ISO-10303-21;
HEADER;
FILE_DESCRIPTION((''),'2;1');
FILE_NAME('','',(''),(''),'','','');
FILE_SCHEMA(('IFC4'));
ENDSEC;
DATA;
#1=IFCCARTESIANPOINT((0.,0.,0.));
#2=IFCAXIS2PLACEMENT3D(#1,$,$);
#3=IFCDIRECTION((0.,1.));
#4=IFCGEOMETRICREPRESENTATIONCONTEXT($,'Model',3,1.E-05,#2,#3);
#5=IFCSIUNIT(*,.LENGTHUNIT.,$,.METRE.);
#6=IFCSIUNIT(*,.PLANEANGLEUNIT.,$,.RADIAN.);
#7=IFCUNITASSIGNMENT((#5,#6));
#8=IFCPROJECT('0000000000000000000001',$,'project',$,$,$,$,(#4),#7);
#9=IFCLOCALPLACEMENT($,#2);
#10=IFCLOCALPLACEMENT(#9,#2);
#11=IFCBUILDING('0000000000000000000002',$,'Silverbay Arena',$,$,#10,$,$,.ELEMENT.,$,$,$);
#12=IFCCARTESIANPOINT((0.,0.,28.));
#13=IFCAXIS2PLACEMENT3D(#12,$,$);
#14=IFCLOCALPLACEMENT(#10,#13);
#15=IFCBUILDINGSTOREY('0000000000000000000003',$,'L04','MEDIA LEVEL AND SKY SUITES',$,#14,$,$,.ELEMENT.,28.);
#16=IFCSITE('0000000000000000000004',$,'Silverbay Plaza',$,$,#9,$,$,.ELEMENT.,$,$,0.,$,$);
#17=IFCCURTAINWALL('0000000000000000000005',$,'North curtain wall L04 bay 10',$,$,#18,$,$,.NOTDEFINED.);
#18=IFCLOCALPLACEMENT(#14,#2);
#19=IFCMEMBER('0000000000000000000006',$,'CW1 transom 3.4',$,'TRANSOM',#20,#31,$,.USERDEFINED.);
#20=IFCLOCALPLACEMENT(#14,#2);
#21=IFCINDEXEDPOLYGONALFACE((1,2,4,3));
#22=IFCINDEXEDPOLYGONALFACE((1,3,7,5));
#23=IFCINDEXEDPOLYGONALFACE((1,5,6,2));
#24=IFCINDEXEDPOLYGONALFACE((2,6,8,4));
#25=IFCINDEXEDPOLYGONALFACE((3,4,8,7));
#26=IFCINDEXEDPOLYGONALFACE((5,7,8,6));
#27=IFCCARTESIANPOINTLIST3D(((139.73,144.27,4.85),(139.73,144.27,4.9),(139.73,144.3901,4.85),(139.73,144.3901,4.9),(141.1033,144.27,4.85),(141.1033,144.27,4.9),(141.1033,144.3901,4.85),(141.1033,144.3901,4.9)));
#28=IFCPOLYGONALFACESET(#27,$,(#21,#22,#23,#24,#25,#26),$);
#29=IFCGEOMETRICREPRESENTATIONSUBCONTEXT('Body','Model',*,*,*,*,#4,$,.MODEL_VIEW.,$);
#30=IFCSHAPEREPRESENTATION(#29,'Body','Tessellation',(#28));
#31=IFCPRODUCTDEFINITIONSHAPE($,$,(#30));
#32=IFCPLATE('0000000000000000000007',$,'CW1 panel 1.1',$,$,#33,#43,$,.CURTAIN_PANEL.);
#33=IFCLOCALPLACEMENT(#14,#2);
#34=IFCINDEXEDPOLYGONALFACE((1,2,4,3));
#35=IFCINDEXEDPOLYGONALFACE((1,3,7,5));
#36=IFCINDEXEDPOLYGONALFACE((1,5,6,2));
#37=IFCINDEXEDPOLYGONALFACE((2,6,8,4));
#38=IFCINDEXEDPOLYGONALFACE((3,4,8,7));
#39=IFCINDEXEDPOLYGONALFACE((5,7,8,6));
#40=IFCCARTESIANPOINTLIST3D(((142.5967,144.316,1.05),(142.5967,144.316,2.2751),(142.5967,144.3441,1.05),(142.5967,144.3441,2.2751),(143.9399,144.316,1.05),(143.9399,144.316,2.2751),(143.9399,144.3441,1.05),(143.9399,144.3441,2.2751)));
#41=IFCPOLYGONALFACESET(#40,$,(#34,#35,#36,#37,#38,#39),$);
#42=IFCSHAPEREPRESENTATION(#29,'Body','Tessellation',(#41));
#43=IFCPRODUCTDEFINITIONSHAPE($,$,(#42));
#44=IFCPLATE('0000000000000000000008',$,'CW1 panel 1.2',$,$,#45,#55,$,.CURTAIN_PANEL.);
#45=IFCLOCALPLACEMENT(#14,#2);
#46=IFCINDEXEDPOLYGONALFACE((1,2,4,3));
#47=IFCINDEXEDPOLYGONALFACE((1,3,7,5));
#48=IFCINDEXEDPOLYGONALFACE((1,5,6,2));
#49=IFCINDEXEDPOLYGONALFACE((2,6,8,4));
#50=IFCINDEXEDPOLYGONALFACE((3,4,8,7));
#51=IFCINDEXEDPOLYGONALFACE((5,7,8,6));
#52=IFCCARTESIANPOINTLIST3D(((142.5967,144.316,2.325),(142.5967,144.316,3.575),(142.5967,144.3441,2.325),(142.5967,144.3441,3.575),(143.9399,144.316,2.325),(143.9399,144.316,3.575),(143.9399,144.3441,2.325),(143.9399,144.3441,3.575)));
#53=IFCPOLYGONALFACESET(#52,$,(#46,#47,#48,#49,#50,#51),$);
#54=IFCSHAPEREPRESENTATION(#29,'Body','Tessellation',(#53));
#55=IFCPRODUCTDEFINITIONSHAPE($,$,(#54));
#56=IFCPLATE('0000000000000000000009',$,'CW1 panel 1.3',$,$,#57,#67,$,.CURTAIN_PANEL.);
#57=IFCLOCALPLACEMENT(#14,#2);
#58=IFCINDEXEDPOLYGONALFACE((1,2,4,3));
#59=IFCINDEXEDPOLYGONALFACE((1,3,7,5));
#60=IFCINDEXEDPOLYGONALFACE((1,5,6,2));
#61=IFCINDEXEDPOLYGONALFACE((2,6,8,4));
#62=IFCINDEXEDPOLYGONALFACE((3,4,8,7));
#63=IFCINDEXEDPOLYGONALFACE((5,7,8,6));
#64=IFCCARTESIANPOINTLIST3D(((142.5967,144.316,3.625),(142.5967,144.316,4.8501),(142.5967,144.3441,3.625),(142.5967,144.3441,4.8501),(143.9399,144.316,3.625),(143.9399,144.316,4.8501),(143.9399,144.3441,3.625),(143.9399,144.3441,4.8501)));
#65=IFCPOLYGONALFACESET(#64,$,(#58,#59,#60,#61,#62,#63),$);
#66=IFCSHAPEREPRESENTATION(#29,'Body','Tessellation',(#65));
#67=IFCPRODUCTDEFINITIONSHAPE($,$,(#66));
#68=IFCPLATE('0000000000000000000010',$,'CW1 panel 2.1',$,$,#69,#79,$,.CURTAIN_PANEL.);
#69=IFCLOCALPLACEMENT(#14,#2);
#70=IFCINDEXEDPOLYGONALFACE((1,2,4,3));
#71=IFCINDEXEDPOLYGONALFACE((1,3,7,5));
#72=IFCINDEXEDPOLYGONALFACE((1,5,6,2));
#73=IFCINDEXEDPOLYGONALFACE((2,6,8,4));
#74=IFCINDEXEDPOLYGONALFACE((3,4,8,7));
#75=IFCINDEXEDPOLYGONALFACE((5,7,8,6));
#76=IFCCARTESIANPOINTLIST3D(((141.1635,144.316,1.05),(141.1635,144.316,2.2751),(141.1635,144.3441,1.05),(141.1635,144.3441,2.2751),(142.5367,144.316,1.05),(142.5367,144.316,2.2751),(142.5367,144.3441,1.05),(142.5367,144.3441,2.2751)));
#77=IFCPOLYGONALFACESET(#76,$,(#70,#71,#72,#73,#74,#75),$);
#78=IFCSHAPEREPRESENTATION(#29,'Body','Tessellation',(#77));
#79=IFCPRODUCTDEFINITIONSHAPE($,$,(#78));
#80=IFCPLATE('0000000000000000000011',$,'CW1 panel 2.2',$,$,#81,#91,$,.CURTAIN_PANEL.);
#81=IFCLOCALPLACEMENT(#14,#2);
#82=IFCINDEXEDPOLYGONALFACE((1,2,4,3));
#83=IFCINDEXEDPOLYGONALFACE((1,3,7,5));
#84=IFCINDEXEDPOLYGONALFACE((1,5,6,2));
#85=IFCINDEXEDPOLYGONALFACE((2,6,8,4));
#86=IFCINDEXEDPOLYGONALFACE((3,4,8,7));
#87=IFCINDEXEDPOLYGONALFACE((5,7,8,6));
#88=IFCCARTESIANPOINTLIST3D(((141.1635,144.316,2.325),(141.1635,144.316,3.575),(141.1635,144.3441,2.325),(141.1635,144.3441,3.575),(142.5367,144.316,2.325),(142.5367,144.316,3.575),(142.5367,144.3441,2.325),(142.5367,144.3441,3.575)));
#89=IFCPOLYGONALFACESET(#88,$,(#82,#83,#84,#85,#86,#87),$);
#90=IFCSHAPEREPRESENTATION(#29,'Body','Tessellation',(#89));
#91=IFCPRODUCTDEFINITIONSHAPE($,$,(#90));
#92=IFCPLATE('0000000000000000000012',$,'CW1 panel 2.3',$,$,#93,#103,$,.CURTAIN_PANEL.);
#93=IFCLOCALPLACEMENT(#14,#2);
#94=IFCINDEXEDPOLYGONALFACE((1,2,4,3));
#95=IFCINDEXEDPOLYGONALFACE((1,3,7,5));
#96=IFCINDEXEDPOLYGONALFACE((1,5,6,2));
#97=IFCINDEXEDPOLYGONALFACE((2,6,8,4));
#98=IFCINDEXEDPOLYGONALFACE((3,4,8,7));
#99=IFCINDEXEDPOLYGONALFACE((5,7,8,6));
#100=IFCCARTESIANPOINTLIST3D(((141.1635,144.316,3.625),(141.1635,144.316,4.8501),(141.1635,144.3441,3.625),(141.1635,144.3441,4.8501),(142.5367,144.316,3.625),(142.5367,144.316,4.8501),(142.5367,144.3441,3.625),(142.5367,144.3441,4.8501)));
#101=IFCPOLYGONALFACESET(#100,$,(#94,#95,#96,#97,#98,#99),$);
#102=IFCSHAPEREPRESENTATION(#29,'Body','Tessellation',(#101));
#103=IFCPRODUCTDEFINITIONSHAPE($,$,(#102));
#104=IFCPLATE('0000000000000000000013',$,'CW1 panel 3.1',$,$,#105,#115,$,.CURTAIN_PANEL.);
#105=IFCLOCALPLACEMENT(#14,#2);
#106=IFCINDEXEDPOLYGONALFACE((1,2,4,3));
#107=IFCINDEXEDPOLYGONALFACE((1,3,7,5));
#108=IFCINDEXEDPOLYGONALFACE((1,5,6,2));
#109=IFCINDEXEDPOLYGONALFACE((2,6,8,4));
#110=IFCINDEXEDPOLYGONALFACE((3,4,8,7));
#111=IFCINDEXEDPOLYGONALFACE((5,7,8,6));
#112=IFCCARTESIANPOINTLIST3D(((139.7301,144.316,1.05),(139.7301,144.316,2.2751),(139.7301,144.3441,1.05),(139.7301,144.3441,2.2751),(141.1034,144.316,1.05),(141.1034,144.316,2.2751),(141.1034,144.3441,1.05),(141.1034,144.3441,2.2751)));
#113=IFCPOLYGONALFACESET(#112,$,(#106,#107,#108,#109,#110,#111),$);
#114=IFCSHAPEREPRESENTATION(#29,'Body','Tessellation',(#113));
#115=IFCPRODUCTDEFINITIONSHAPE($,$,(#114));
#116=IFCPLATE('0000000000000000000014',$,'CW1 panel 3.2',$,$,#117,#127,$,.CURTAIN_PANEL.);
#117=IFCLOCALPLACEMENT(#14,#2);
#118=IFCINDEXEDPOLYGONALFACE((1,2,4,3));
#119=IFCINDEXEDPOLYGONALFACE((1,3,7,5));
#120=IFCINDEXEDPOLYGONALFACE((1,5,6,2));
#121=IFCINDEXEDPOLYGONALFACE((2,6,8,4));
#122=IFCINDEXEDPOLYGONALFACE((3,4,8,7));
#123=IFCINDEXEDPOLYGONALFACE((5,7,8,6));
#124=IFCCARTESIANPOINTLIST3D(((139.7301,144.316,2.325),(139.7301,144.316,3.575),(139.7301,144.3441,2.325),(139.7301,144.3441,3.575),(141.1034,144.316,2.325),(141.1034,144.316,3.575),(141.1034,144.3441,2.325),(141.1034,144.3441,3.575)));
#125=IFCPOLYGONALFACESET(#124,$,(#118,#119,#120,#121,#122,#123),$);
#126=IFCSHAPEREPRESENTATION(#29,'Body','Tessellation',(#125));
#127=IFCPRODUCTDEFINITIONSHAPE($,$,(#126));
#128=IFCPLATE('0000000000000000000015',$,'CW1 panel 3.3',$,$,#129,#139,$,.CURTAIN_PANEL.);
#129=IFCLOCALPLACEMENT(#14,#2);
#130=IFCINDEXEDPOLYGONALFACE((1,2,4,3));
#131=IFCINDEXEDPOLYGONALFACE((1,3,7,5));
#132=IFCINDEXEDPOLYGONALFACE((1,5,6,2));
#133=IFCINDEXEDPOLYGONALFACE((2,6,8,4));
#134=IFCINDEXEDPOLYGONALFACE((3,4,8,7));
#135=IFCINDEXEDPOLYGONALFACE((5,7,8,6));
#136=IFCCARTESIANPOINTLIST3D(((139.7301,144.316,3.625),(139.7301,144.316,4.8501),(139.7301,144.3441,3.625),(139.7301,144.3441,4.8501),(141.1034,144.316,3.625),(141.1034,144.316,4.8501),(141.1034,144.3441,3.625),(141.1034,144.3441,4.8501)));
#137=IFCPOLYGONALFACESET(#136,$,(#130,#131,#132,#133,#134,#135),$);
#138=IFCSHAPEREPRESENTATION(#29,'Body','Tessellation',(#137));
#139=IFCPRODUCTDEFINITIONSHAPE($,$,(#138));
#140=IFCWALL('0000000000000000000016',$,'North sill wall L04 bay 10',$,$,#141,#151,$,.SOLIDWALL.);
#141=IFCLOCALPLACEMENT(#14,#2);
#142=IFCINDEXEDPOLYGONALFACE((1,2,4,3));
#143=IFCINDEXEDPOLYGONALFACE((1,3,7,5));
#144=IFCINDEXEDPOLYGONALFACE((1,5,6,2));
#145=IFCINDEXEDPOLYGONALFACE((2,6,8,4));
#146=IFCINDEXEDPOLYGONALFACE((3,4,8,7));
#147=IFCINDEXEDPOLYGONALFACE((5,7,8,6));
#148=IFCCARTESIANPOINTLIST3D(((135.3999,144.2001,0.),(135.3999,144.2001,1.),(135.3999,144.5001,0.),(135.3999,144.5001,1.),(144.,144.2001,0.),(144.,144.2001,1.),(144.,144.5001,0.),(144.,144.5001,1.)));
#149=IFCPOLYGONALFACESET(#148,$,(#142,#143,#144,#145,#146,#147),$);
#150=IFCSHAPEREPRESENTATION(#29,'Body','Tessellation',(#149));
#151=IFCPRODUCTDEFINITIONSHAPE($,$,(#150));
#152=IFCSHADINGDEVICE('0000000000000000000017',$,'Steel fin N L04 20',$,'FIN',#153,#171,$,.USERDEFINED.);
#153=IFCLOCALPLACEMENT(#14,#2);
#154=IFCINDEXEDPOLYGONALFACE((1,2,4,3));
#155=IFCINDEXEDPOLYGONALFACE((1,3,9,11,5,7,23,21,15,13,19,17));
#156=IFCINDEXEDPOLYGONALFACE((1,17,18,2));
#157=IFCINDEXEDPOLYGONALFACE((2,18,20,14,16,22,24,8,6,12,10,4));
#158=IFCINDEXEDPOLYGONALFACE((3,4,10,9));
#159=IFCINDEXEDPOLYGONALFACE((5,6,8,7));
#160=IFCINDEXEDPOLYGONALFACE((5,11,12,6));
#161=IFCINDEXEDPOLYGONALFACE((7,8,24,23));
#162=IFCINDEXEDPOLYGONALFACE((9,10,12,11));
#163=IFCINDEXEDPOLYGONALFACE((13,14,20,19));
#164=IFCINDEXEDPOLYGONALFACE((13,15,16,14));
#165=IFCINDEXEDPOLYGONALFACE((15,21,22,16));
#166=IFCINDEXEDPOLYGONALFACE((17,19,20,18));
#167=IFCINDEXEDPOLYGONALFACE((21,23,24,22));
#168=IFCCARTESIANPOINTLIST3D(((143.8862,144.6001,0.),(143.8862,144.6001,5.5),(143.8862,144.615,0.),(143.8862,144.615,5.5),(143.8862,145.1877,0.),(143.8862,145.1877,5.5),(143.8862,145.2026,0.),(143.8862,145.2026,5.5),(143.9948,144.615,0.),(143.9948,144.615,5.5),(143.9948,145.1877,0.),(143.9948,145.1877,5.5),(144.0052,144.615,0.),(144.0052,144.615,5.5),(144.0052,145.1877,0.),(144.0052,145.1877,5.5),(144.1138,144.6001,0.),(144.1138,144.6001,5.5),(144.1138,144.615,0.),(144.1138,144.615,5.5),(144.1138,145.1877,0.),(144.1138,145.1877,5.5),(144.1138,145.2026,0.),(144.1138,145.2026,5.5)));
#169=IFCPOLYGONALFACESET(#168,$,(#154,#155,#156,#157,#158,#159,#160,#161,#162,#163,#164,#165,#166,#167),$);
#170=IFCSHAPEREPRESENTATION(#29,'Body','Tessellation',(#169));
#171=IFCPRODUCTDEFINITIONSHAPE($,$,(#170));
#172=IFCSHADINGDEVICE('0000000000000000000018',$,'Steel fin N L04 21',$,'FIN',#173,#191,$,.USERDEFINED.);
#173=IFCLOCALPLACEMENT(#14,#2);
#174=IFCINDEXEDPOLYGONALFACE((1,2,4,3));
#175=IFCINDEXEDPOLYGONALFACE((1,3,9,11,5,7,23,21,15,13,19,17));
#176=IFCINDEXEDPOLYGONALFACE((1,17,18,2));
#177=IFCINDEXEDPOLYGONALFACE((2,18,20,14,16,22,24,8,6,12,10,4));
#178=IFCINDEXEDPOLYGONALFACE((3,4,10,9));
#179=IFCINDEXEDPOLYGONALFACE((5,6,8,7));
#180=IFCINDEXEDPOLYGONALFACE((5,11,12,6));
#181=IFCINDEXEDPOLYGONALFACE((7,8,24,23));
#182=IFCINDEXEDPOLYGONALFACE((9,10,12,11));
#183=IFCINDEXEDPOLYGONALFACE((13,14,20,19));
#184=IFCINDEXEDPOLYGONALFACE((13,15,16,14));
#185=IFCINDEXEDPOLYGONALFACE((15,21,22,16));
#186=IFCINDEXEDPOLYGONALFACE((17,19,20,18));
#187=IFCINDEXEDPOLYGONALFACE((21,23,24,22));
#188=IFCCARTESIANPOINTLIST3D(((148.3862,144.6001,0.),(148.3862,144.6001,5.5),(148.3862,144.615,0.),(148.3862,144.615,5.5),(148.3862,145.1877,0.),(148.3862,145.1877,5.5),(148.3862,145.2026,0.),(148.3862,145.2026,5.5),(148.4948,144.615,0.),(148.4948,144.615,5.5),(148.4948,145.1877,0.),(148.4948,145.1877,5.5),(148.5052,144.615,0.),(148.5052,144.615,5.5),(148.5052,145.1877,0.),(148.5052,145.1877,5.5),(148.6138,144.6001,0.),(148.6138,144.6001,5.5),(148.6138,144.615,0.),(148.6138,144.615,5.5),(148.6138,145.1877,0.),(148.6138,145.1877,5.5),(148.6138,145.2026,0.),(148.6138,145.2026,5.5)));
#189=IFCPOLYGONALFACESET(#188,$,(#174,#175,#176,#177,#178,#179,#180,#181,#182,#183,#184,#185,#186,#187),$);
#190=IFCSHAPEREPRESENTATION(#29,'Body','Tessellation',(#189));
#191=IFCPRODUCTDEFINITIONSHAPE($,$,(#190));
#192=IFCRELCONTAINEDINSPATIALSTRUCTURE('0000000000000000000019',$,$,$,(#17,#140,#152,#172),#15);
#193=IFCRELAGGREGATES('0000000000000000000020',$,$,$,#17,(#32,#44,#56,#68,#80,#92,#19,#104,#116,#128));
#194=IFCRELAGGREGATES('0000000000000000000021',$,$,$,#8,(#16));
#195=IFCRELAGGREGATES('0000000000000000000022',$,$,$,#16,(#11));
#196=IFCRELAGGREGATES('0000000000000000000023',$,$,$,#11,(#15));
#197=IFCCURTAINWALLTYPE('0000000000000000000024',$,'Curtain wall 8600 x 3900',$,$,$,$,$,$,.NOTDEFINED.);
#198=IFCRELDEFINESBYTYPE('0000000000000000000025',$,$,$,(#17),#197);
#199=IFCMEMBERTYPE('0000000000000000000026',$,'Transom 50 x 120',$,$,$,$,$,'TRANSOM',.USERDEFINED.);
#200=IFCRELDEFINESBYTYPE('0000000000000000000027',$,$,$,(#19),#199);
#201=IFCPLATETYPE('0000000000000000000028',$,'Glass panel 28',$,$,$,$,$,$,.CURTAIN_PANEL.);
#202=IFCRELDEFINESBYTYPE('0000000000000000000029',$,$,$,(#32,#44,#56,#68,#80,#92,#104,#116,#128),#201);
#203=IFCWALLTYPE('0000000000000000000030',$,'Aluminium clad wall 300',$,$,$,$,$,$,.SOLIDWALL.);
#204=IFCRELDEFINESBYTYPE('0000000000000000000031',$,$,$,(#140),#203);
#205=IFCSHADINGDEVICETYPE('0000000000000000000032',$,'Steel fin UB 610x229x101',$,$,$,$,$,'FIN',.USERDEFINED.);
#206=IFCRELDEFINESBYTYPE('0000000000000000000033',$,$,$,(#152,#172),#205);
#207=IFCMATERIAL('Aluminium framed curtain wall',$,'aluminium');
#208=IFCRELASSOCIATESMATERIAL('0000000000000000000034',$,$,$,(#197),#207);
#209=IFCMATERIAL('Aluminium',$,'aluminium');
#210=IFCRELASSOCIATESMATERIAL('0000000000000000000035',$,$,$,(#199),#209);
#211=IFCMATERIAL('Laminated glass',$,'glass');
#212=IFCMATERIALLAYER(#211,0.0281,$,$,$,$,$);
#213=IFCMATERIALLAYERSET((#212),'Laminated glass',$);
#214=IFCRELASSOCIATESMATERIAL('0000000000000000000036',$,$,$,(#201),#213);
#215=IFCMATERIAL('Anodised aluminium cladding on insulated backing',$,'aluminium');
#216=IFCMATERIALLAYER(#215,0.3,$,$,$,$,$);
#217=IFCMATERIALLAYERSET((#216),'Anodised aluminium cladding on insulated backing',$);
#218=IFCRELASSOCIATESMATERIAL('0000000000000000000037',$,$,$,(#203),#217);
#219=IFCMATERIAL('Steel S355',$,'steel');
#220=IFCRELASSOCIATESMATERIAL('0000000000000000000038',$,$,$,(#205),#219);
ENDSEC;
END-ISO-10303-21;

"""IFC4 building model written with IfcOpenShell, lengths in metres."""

from ifc_helpers import new_model, si_unit, direction, frame, frame_2d, origin, origin_2d, place, context, subcontext, project, spatial, rectangle, i_section, extrude, material, layer, layer_set, material_profile, profile_set, type_object, element, aggregate, save


model = new_model("IFC4")

# Units and contexts
model_context = context("Model", 3, precision=1e-05, world=origin(), true_north=direction((0.0, 1.0)))
body_context = subcontext(model_context, "Body", "Model", "MODEL_VIEW")
ifc_project = project(units=[si_unit("LENGTHUNIT", "METRE"), si_unit("PLANEANGLEUNIT", "RADIAN")], contexts=[model_context])

# Site, building, storey
site_placement = place(None, origin())
site = spatial("IfcSite", under=ifc_project, at=site_placement, Name="Silverbay Plaza", CompositionType="ELEMENT", RefElevation=0.0)
building_placement = place(site_placement, origin())
building = spatial("IfcBuilding", under=site, at=building_placement, Name="Silverbay Arena", CompositionType="ELEMENT")
storey_placement = place(building_placement, frame((0.0, 0.0, 28.0)))
storey = spatial("IfcBuildingStorey", under=building, at=storey_placement, Name="L04", Description="MEDIA LEVEL AND SKY SUITES", CompositionType="ELEMENT", Elevation=28.0)

# Curtain wall, member, plates
ifc_material_1 = material(Name="Aluminium framed curtain wall", Category="aluminium")
curtain_wall_type = type_object("IfcCurtainWallType", Name="Curtain wall 8600 x 3900", PredefinedType="NOTDEFINED", material=ifc_material_1)
curtain_wall_placement = place(storey_placement, origin())
curtain_wall = element("IfcCurtainWall", 1, at=curtain_wall_placement, inside=storey, type_object=curtain_wall_type, Name="North curtain wall L04 bay 10", PredefinedType="NOTDEFINED")
ifc_material_2 = material(Name="Aluminium", Category="aluminium")
ifc_material_profile_1 = material_profile(ifc_material_2, rectangle(XDim=0.1201, YDim=0.05, at=origin_2d()), Name="Transom 50 x 120")
ifc_profile_set_1 = profile_set([ifc_material_profile_1], Name="Aluminium")
member_type_1 = type_object("IfcMemberType", Name="Transom 50 x 120", ElementType="TRANSOM", PredefinedType="USERDEFINED", material=ifc_profile_set_1)
member_1_placement = place(storey_placement, frame((141.1033, 144.3301, 4.875), z_axis=(-1.0, 0.0, 0.0), x_axis=(0.0, -1.0, 0.0)))
member_1 = element("IfcMember", 2, at=member_1_placement, type_object=member_type_1, Name="CW1 transom 3.4", ObjectType="TRANSOM", PredefinedType="USERDEFINED", context=body_context, shape_type="SweptSolid", body=[
    extrude(rectangle(XDim=0.1201, YDim=0.05, at=origin_2d()), origin(), (0.0, 0.0, 1.0), 1.3733),
])
ifc_material_3 = material(Name="Laminated glass", Category="glass")
ifc_layer_1 = layer(ifc_material_3, 0.0281)
ifc_layer_set_1 = layer_set([ifc_layer_1], Name="Laminated glass")
plate_type = type_object("IfcPlateType", Name="Glass panel 28", PredefinedType="CURTAIN_PANEL", material=ifc_layer_set_1)
plate_1_placement = place(storey_placement, frame((143.2683, 144.3301, 1.05), z_axis=(0.0, 0.0, 1.0), x_axis=(-1.0, 0.0, 0.0)))
plate_1 = element("IfcPlate", 3, at=plate_1_placement, type_object=plate_type, Name="CW1 panel 1.1", PredefinedType="CURTAIN_PANEL", context=body_context, shape_type="SweptSolid", body=[
    extrude(rectangle(XDim=1.3433, YDim=0.0281, at=origin_2d()), origin(), (0.0, 0.0, 1.0), 1.2251),
])
plate_2_placement = place(storey_placement, frame((143.2683, 144.3301, 2.325), z_axis=(0.0, 0.0, 1.0), x_axis=(-1.0, 0.0, 0.0)))
plate_2 = element("IfcPlate", 4, at=plate_2_placement, type_object=plate_type, Name="CW1 panel 1.2", PredefinedType="CURTAIN_PANEL", context=body_context, shape_type="SweptSolid", body=[
    extrude(rectangle(XDim=1.3433, YDim=0.0281, at=origin_2d()), origin(), (0.0, 0.0, 1.0), 1.25),
])
plate_3_placement = place(storey_placement, frame((143.2683, 144.3301, 3.625), z_axis=(0.0, 0.0, 1.0), x_axis=(-1.0, 0.0, 0.0)))
plate_3 = element("IfcPlate", 5, at=plate_3_placement, type_object=plate_type, Name="CW1 panel 1.3", PredefinedType="CURTAIN_PANEL", context=body_context, shape_type="SweptSolid", body=[
    extrude(rectangle(XDim=1.3433, YDim=0.0281, at=origin_2d()), origin(), (0.0, 0.0, 1.0), 1.2251),
])
plate_4_placement = place(storey_placement, frame((141.8501, 144.3301, 1.05), z_axis=(0.0, 0.0, 1.0), x_axis=(-1.0, 0.0, 0.0)))
plate_4 = element("IfcPlate", 6, at=plate_4_placement, type_object=plate_type, Name="CW1 panel 2.1", PredefinedType="CURTAIN_PANEL", context=body_context, shape_type="SweptSolid", body=[
    extrude(rectangle(XDim=1.3733, YDim=0.0281, at=origin_2d()), origin(), (0.0, 0.0, 1.0), 1.2251),
])
plate_5_placement = place(storey_placement, frame((141.8501, 144.3301, 2.325), z_axis=(0.0, 0.0, 1.0), x_axis=(-1.0, 0.0, 0.0)))
plate_5 = element("IfcPlate", 7, at=plate_5_placement, type_object=plate_type, Name="CW1 panel 2.2", PredefinedType="CURTAIN_PANEL", context=body_context, shape_type="SweptSolid", body=[
    extrude(rectangle(XDim=1.3733, YDim=0.0281, at=origin_2d()), origin(), (0.0, 0.0, 1.0), 1.25),
])
plate_6_placement = place(storey_placement, frame((141.8501, 144.3301, 3.625), z_axis=(0.0, 0.0, 1.0), x_axis=(-1.0, 0.0, 0.0)))
plate_6 = element("IfcPlate", 8, at=plate_6_placement, type_object=plate_type, Name="CW1 panel 2.3", PredefinedType="CURTAIN_PANEL", context=body_context, shape_type="SweptSolid", body=[
    extrude(rectangle(XDim=1.3733, YDim=0.0281, at=origin_2d()), origin(), (0.0, 0.0, 1.0), 1.2251),
])
plate_7_placement = place(storey_placement, frame((140.4167, 144.3301, 1.05), z_axis=(0.0, 0.0, 1.0), x_axis=(-1.0, 0.0, 0.0)))
plate_7 = element("IfcPlate", 9, at=plate_7_placement, type_object=plate_type, Name="CW1 panel 3.1", PredefinedType="CURTAIN_PANEL", context=body_context, shape_type="SweptSolid", body=[
    extrude(rectangle(XDim=1.3733, YDim=0.0281, at=origin_2d()), origin(), (0.0, 0.0, 1.0), 1.2251),
])
plate_8_placement = place(storey_placement, frame((140.4167, 144.3301, 2.325), z_axis=(0.0, 0.0, 1.0), x_axis=(-1.0, 0.0, 0.0)))
plate_8 = element("IfcPlate", 10, at=plate_8_placement, type_object=plate_type, Name="CW1 panel 3.2", PredefinedType="CURTAIN_PANEL", context=body_context, shape_type="SweptSolid", body=[
    extrude(rectangle(XDim=1.3733, YDim=0.0281, at=origin_2d()), origin(), (0.0, 0.0, 1.0), 1.25),
])
plate_9_placement = place(storey_placement, frame((140.4167, 144.3301, 3.625), z_axis=(0.0, 0.0, 1.0), x_axis=(-1.0, 0.0, 0.0)))
plate_9 = element("IfcPlate", 11, at=plate_9_placement, type_object=plate_type, Name="CW1 panel 3.3", PredefinedType="CURTAIN_PANEL", context=body_context, shape_type="SweptSolid", body=[
    extrude(rectangle(XDim=1.3733, YDim=0.0281, at=origin_2d()), origin(), (0.0, 0.0, 1.0), 1.2251),
])
aggregate(curtain_wall, [plate_1, plate_2, plate_3, plate_4, plate_5, plate_6, member_1, plate_7, plate_8, plate_9])

# Wall
ifc_material_4 = material(Name="Anodised aluminium cladding on insulated backing", Category="aluminium")
ifc_layer_2 = layer(ifc_material_4, 0.3)
ifc_layer_set_2 = layer_set([ifc_layer_2], Name="Anodised aluminium cladding on insulated backing")
wall_type = type_object("IfcWallType", Name="Aluminium clad wall 300", PredefinedType="SOLIDWALL", material=ifc_layer_set_2)
wall_placement = place(storey_placement, frame((144.0, 144.3501, 0.0), z_axis=(0.0, 0.0, 1.0), x_axis=(-1.0, 0.0, 0.0)))
element("IfcWall", 12, at=wall_placement, inside=storey, type_object=wall_type, Name="North sill wall L04 bay 10", PredefinedType="SOLIDWALL", context=body_context, shape_type="SweptSolid", body=[
    extrude(rectangle(XDim=8.6001, YDim=0.3, at=frame_2d((4.3, 0.0))), origin(), (0.0, 0.0, 1.0), 1.0),
])

# Shading devices
ifc_material_5 = material(Name="Steel S355", Category="steel")
ifc_material_profile_2 = material_profile(ifc_material_5, i_section(OverallWidth=0.2275, OverallDepth=0.6025, WebThickness=0.0105, FlangeThickness=0.0149, at=origin_2d()), Name="UB 610x229x101")
ifc_profile_set_2 = profile_set([ifc_material_profile_2], Name="Steel S355")
shading_device_type = type_object("IfcShadingDeviceType", Name="Steel fin UB 610x229x101", ElementType="FIN", PredefinedType="USERDEFINED", material=ifc_profile_set_2)
for number, where, z_axis, x_axis, name in (
    (13, (144.0, 144.9014, 0.0), (0.0, 0.0, 1.0), (1.0, 0.0, 0.0), "Steel fin N L04 20"),
    (14, (148.5, 144.9014, 0.0), (0.0, 0.0, 1.0), (1.0, 0.0, 0.0), "Steel fin N L04 21"),
):
    element("IfcShadingDevice", number, at=place(storey_placement, frame(where, z_axis=z_axis, x_axis=x_axis)), inside=storey, type_object=shading_device_type, Name=name, ObjectType="FIN", PredefinedType="USERDEFINED", context=body_context, shape_type="SweptSolid", body=[
        extrude(i_section(OverallWidth=0.2275, OverallDepth=0.6025, WebThickness=0.0105, FlangeThickness=0.0149, at=origin_2d()), origin(), (0.0, 0.0, 1.0), 5.5),
    ])

save(model, "model.ifc")
